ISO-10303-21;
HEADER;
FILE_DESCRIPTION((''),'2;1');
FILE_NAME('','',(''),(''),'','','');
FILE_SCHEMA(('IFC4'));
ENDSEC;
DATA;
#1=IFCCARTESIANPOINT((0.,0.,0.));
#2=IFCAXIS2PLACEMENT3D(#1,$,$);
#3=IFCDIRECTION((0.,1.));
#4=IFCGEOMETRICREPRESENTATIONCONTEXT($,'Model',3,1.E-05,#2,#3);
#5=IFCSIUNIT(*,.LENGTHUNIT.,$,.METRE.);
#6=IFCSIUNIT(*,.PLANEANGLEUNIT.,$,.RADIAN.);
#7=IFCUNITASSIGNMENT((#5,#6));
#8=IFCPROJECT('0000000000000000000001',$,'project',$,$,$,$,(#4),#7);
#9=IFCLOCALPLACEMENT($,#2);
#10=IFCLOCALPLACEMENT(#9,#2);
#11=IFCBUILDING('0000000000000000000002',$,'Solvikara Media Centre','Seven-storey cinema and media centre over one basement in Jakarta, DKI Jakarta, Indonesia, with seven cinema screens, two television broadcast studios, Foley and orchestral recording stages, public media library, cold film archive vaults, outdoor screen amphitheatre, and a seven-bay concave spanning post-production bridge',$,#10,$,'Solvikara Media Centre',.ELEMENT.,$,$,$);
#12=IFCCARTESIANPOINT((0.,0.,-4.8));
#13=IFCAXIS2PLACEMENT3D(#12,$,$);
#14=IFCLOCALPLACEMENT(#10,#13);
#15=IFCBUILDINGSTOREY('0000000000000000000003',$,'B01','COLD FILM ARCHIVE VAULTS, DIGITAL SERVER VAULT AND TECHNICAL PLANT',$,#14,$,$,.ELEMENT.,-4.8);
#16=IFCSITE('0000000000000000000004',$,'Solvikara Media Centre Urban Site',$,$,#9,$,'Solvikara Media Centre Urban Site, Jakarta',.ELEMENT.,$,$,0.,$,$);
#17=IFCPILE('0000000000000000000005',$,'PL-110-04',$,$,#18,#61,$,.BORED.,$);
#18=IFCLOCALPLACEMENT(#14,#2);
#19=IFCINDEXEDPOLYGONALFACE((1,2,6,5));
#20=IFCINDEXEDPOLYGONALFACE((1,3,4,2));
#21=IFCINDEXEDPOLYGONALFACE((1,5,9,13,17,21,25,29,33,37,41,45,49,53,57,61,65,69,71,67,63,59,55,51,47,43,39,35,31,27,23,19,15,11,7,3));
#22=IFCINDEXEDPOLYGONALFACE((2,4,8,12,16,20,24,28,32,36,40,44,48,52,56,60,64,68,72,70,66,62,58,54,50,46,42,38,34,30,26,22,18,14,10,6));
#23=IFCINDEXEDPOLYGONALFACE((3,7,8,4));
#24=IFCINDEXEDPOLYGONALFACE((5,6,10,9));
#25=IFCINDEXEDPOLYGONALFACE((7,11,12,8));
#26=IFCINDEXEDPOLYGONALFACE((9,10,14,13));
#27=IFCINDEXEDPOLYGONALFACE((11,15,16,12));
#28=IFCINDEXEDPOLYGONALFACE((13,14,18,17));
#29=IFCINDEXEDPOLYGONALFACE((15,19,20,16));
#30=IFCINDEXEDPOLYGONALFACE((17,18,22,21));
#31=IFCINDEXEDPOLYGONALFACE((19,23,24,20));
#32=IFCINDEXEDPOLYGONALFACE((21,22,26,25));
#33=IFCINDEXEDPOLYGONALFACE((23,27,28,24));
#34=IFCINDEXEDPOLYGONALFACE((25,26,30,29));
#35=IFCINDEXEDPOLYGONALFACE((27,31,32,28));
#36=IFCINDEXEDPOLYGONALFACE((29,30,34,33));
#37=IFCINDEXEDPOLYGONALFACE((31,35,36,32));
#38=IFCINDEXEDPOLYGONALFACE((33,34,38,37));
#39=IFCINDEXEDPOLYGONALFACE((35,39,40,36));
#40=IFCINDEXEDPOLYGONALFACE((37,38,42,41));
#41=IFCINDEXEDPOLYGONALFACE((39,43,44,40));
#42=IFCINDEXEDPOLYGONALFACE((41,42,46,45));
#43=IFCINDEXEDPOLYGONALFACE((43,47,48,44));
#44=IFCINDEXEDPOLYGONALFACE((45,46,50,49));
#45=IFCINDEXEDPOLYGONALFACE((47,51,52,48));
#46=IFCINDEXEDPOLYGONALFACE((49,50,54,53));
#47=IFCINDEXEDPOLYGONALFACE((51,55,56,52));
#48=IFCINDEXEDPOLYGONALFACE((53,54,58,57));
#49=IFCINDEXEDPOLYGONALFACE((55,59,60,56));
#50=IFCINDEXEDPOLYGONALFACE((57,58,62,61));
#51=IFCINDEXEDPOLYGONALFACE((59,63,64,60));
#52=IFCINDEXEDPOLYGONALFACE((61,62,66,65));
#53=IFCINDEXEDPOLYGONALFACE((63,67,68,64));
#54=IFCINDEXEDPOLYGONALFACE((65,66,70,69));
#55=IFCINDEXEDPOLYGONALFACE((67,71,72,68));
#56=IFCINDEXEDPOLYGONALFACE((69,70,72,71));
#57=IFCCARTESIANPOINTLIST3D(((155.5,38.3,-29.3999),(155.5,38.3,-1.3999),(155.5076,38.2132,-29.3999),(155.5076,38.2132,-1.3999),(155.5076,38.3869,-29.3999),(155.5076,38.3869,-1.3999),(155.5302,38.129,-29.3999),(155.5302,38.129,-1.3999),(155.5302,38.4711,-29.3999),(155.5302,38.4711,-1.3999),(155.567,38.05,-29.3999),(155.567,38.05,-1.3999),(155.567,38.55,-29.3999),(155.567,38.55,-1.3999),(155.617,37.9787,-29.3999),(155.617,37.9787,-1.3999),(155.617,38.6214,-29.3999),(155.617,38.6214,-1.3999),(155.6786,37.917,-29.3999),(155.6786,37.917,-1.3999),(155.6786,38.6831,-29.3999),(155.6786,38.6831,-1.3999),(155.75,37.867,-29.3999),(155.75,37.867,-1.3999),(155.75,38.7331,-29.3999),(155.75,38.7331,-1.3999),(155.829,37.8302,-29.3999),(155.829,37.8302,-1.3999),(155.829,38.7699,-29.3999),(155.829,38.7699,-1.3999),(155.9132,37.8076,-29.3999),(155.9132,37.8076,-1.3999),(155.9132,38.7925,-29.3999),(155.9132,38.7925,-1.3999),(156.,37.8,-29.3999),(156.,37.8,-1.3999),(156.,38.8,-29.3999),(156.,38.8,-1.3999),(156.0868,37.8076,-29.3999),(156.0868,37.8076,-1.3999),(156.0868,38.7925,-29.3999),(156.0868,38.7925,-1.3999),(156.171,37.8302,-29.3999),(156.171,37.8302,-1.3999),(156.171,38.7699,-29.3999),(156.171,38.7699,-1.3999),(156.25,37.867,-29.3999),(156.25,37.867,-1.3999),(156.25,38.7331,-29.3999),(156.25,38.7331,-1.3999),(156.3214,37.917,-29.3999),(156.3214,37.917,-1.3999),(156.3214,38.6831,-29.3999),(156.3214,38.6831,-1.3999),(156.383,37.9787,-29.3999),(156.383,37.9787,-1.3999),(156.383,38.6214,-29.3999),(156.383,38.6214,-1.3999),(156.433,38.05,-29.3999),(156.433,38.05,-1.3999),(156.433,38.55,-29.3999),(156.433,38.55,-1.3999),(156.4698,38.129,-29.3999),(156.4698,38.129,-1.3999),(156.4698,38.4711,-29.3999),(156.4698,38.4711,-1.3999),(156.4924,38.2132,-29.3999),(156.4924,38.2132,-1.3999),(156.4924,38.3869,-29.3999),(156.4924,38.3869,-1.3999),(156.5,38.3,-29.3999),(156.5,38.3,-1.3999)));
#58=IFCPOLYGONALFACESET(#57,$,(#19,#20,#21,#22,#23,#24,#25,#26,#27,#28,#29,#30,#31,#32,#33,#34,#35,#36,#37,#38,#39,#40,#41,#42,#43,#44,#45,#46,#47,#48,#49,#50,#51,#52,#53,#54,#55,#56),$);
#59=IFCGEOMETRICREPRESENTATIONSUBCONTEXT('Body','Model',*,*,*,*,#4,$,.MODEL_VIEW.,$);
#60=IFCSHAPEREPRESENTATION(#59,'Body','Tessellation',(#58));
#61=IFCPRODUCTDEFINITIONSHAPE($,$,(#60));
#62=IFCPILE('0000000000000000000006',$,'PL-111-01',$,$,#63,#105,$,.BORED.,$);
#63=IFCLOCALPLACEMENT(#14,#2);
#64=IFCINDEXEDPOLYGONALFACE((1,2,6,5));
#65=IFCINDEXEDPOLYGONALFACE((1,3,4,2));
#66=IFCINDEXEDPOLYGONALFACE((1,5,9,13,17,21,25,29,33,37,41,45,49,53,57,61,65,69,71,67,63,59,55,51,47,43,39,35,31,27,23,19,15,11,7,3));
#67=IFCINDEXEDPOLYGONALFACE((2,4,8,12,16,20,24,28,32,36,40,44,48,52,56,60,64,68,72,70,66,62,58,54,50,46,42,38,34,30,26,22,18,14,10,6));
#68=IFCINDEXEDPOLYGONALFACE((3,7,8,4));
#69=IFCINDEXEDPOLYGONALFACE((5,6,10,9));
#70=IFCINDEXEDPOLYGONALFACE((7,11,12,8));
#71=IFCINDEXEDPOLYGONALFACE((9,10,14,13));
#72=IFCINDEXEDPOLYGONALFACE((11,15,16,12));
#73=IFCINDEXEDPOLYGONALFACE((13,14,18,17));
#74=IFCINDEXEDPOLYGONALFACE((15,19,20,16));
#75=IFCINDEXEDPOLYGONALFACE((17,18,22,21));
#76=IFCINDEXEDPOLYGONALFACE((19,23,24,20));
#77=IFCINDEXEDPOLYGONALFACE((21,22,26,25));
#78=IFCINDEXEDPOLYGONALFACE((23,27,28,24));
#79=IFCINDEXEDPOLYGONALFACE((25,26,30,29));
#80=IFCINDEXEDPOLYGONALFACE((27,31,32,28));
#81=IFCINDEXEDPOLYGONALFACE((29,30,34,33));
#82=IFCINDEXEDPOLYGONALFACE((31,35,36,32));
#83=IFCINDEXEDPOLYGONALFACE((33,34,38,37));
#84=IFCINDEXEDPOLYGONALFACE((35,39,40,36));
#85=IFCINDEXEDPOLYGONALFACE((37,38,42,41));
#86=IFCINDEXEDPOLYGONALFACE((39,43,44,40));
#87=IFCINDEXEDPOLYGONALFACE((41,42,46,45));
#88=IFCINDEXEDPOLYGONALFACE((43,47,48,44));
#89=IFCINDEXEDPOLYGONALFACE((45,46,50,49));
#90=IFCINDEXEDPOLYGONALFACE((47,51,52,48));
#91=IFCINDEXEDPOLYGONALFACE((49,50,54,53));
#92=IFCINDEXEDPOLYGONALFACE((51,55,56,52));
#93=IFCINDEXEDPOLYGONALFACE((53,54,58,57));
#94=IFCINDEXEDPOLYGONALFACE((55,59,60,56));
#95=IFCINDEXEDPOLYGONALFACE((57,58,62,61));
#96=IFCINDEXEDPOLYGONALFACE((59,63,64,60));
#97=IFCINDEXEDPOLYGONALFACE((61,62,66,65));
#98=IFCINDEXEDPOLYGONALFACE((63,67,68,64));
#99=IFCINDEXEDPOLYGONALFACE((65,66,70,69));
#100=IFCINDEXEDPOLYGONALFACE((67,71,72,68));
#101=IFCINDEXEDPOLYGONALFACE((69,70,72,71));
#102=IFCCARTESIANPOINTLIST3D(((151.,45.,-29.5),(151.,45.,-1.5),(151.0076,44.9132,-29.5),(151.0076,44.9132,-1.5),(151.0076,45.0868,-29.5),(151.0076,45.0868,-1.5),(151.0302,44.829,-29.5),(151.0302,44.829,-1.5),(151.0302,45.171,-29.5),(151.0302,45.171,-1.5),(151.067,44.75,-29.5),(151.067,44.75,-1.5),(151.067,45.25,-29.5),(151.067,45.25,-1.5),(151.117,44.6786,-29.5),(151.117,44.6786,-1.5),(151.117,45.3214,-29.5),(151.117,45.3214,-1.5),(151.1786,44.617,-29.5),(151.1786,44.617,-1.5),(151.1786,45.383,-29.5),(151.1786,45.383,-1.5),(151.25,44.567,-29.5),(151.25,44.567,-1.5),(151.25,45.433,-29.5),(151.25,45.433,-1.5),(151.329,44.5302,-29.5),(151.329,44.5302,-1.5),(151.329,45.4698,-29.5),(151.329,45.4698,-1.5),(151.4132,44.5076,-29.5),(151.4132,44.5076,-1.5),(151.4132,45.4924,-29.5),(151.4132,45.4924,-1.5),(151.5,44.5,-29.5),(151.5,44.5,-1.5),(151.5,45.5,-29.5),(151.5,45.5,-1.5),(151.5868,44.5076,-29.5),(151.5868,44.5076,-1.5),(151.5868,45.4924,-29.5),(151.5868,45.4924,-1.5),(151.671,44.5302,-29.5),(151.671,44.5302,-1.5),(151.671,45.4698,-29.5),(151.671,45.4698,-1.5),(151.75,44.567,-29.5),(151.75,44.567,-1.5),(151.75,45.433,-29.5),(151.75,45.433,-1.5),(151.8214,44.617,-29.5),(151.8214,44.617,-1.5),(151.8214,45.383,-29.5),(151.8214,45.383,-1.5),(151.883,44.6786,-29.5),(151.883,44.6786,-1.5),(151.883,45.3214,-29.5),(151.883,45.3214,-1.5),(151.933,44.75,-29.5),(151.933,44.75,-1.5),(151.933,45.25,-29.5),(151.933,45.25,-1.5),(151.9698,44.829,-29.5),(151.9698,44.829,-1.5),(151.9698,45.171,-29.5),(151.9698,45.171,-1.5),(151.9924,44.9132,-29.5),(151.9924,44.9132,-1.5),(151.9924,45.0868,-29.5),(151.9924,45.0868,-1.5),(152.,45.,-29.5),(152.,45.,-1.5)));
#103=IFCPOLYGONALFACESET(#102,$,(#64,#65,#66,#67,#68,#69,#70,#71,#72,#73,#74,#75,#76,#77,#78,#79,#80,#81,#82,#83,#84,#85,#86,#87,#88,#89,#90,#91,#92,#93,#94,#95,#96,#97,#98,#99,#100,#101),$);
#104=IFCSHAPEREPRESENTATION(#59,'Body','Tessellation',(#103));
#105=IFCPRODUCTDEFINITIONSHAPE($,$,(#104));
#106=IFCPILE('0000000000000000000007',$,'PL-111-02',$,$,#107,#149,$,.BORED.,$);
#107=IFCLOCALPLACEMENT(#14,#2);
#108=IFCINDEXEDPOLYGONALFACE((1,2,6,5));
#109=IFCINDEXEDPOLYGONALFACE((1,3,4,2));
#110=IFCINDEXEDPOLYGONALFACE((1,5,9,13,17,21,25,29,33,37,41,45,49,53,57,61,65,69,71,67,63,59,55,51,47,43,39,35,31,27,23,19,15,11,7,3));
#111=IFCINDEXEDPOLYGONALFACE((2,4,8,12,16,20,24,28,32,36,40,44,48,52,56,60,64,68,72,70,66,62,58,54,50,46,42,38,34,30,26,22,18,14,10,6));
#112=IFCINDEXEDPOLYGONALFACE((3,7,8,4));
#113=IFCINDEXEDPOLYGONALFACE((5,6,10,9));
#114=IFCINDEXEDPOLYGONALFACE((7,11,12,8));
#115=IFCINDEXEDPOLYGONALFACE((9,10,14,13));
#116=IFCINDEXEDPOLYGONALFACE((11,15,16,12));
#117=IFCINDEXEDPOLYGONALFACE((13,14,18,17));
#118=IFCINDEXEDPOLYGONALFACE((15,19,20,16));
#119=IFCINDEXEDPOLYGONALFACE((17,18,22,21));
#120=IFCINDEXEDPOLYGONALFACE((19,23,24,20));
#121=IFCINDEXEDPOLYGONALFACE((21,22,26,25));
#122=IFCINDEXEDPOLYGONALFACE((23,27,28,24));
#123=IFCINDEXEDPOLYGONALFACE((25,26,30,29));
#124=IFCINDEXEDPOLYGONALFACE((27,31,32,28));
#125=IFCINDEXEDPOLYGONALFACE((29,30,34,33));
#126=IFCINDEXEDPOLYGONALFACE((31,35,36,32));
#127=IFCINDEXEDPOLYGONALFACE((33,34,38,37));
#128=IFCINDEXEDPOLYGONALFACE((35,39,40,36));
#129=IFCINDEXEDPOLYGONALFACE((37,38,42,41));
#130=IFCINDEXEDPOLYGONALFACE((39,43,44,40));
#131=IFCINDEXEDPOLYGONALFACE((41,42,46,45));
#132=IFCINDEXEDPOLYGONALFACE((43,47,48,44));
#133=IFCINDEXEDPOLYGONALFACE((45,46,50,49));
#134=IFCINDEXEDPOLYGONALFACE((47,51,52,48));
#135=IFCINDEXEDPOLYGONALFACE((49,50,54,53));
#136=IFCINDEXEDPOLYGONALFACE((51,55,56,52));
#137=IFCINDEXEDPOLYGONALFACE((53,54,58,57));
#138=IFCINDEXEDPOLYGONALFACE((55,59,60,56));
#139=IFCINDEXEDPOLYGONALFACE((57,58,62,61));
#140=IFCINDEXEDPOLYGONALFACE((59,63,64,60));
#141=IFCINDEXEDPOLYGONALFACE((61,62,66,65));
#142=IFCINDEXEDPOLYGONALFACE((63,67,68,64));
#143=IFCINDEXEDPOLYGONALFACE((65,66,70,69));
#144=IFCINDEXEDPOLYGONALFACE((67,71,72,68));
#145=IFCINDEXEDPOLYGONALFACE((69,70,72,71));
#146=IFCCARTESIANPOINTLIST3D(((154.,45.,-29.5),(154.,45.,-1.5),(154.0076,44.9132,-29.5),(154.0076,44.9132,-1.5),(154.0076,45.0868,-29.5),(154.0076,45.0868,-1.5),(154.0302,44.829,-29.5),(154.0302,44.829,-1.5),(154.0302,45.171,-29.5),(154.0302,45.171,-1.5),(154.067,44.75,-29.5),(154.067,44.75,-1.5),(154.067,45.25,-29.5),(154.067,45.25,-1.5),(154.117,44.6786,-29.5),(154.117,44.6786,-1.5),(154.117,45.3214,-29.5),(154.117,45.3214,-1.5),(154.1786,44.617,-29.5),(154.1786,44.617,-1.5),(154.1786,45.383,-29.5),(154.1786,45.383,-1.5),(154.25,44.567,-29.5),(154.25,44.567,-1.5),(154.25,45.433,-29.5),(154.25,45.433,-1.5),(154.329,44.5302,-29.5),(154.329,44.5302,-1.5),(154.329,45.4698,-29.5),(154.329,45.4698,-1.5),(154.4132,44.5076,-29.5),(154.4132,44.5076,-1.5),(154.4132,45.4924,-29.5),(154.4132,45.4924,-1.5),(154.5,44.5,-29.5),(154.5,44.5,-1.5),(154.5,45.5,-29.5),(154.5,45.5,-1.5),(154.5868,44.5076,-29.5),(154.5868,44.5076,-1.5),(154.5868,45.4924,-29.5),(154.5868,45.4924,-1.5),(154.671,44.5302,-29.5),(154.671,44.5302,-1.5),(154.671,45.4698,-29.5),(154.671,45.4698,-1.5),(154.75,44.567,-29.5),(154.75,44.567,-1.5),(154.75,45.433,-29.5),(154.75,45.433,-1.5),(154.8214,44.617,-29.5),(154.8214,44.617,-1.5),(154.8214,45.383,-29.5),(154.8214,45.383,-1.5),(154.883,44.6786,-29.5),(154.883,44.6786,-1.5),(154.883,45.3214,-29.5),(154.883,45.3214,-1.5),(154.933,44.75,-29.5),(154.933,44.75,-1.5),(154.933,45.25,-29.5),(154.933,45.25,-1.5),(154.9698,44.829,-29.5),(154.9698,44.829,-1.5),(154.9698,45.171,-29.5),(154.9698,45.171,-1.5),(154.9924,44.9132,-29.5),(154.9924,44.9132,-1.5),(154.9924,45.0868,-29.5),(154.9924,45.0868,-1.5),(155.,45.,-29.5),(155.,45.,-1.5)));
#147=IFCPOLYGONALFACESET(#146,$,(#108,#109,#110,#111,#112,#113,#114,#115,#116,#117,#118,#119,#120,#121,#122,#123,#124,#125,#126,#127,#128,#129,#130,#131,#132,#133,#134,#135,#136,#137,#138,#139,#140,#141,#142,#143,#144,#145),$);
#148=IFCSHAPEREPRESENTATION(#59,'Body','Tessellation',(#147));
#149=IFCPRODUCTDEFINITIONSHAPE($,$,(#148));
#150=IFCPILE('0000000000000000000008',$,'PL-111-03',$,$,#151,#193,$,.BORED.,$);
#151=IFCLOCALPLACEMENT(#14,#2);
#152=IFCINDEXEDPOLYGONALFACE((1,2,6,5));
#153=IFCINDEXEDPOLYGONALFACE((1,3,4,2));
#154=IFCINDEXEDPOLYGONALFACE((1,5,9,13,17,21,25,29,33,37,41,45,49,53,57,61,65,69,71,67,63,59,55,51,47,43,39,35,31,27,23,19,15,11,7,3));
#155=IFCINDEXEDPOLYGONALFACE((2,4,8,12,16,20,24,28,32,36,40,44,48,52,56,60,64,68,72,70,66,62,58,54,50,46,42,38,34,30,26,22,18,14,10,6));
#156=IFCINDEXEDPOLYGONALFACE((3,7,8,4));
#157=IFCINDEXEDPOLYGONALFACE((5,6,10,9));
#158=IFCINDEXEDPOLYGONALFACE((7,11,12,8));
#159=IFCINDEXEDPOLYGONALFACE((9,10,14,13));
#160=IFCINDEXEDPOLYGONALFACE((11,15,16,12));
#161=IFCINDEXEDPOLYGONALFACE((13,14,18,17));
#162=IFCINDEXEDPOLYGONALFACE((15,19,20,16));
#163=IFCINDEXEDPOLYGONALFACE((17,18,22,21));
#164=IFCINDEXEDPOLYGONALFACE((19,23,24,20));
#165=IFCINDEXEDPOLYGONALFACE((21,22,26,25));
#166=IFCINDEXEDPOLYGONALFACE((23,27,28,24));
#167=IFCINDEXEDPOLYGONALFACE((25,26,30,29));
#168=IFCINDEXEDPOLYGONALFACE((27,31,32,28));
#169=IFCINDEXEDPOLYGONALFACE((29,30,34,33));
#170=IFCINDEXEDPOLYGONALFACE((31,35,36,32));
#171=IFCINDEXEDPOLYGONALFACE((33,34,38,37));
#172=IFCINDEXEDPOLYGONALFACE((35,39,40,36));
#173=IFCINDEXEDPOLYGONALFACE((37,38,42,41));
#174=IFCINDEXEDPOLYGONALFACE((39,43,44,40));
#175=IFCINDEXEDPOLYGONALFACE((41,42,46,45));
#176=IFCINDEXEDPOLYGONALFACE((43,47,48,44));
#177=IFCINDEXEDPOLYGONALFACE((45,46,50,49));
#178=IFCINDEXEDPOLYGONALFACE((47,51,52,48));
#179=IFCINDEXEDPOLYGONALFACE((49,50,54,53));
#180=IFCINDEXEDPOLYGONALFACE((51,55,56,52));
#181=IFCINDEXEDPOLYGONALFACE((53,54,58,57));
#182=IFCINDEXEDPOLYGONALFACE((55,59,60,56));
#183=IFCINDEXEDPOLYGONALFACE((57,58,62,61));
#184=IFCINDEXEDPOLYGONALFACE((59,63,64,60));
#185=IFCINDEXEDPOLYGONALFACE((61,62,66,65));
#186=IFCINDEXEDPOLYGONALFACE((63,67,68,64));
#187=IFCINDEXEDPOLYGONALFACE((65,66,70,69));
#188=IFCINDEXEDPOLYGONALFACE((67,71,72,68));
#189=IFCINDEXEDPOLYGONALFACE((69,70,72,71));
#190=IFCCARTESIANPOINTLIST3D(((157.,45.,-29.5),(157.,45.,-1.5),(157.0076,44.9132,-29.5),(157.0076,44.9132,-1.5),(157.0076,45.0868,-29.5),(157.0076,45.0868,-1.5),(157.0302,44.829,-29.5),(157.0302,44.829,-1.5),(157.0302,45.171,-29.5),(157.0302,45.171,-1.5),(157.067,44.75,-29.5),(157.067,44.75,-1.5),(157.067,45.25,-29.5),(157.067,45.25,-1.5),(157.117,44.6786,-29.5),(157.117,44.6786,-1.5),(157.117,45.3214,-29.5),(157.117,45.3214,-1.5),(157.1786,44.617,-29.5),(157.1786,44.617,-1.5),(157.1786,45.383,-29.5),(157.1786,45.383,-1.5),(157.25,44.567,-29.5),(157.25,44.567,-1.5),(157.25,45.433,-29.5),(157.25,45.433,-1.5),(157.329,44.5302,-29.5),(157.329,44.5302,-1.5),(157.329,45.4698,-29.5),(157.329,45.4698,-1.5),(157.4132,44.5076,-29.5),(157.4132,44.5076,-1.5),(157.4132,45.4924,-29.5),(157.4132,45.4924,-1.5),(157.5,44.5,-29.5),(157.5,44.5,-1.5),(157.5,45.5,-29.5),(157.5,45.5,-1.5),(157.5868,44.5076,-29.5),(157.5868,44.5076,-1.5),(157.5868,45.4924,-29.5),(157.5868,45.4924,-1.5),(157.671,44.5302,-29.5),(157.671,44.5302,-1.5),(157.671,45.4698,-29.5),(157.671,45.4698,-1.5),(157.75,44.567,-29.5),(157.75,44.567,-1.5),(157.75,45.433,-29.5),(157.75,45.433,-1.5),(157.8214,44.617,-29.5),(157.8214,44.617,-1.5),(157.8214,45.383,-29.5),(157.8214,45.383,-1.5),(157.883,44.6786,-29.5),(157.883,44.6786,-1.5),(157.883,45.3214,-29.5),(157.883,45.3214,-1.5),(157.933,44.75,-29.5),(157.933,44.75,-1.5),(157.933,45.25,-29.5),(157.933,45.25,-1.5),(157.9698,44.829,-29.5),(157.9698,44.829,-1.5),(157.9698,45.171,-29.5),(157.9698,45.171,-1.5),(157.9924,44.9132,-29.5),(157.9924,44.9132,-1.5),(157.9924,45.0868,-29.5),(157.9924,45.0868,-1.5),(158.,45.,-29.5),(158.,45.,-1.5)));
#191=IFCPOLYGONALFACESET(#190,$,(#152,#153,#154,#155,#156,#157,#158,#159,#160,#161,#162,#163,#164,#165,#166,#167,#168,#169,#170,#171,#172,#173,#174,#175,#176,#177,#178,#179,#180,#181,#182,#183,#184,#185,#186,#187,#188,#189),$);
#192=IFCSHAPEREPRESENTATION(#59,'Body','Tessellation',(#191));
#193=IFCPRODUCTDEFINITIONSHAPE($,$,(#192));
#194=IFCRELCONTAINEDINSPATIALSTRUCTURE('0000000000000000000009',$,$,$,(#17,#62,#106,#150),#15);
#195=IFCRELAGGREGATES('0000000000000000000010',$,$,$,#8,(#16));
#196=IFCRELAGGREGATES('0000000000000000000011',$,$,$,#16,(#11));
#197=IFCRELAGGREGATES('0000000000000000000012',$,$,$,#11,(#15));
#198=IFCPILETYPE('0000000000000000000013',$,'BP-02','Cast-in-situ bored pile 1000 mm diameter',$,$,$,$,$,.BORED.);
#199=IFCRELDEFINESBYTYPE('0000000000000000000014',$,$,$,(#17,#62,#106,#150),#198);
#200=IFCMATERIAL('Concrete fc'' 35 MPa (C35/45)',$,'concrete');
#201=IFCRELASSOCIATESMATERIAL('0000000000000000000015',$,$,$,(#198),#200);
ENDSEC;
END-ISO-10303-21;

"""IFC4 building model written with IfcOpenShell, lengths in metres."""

from ifc_helpers import new_model, si_unit, direction, frame, origin, origin_2d, place, context, subcontext, project, spatial, circle, extrude, material, material_profile, profile_set, type_object, element, save


model = new_model("IFC4")

# Units and contexts
model_context = context("Model", 3, precision=1e-05, world=origin(), true_north=direction((0.0, 1.0)))
body_context = subcontext(model_context, "Body", "Model", "MODEL_VIEW")
ifc_project = project(units=[si_unit("LENGTHUNIT", "METRE"), si_unit("PLANEANGLEUNIT", "RADIAN")], contexts=[model_context])

# Site, building, storey
site_placement = place(None, origin())
site = spatial("IfcSite", under=ifc_project, at=site_placement, Name="Solvikara Media Centre Urban Site", LongName="Solvikara Media Centre Urban Site, Jakarta", CompositionType="ELEMENT", RefElevation=0.0)
building_placement = place(site_placement, origin())
building = spatial("IfcBuilding", under=site, at=building_placement, Name="Solvikara Media Centre", Description="Seven-storey cinema and media centre over one basement in Jakarta, DKI Jakarta, Indonesia, with seven cinema screens, two television broadcast studios, Foley and orchestral recording stages, public media library, cold film archive vaults, outdoor screen amphitheatre, and a seven-bay concave spanning post-production bridge", LongName="Solvikara Media Centre", CompositionType="ELEMENT")
storey_placement = place(building_placement, frame((0.0, 0.0, -4.8)))
storey = spatial("IfcBuildingStorey", under=building, at=storey_placement, Name="B01", Description="COLD FILM ARCHIVE VAULTS, DIGITAL SERVER VAULT AND TECHNICAL PLANT", CompositionType="ELEMENT", Elevation=-4.8)

# Piles
ifc_material_1 = material(Name="Concrete fc' 35 MPa (C35/45)", Category="concrete")
ifc_material_profile_1 = material_profile(ifc_material_1, circle(Radius=0.5, at=origin_2d()), Name="BORED PILE D1000")
ifc_profile_set_1 = profile_set([ifc_material_profile_1], Name="Concrete fc' 35 MPa (C35/45)")
pile_type_1 = type_object("IfcPileType", Name="BP-02", Description="Cast-in-situ bored pile 1000 mm diameter", PredefinedType="BORED", material=ifc_profile_set_1)
for number, where, z_axis, x_axis, name in (
    (1, (156.0, 38.3, -1.3999), (0.0, 0.0, -1.0), (1.0, 0.0, 0.0), "PL-110-04"),
    (2, (151.5, 45.0, -1.5), (0.0, 0.0, -1.0), (1.0, 0.0, 0.0), "PL-111-01"),
    (3, (154.5, 45.0, -1.5), (0.0, 0.0, -1.0), (1.0, 0.0, 0.0), "PL-111-02"),
    (4, (157.5, 45.0, -1.5), (0.0, 0.0, -1.0), (1.0, 0.0, 0.0), "PL-111-03"),
):
    element("IfcPile", number, at=place(storey_placement, frame(where, z_axis=z_axis, x_axis=x_axis)), inside=storey, type_object=pile_type_1, Name=name, PredefinedType="BORED", context=body_context, shape_type="SweptSolid", body=[
        extrude(circle(Radius=0.5, at=origin_2d()), origin(), (0.0, 0.0, 1.0), 28.0),
    ])

save(model, "model.ifc")
